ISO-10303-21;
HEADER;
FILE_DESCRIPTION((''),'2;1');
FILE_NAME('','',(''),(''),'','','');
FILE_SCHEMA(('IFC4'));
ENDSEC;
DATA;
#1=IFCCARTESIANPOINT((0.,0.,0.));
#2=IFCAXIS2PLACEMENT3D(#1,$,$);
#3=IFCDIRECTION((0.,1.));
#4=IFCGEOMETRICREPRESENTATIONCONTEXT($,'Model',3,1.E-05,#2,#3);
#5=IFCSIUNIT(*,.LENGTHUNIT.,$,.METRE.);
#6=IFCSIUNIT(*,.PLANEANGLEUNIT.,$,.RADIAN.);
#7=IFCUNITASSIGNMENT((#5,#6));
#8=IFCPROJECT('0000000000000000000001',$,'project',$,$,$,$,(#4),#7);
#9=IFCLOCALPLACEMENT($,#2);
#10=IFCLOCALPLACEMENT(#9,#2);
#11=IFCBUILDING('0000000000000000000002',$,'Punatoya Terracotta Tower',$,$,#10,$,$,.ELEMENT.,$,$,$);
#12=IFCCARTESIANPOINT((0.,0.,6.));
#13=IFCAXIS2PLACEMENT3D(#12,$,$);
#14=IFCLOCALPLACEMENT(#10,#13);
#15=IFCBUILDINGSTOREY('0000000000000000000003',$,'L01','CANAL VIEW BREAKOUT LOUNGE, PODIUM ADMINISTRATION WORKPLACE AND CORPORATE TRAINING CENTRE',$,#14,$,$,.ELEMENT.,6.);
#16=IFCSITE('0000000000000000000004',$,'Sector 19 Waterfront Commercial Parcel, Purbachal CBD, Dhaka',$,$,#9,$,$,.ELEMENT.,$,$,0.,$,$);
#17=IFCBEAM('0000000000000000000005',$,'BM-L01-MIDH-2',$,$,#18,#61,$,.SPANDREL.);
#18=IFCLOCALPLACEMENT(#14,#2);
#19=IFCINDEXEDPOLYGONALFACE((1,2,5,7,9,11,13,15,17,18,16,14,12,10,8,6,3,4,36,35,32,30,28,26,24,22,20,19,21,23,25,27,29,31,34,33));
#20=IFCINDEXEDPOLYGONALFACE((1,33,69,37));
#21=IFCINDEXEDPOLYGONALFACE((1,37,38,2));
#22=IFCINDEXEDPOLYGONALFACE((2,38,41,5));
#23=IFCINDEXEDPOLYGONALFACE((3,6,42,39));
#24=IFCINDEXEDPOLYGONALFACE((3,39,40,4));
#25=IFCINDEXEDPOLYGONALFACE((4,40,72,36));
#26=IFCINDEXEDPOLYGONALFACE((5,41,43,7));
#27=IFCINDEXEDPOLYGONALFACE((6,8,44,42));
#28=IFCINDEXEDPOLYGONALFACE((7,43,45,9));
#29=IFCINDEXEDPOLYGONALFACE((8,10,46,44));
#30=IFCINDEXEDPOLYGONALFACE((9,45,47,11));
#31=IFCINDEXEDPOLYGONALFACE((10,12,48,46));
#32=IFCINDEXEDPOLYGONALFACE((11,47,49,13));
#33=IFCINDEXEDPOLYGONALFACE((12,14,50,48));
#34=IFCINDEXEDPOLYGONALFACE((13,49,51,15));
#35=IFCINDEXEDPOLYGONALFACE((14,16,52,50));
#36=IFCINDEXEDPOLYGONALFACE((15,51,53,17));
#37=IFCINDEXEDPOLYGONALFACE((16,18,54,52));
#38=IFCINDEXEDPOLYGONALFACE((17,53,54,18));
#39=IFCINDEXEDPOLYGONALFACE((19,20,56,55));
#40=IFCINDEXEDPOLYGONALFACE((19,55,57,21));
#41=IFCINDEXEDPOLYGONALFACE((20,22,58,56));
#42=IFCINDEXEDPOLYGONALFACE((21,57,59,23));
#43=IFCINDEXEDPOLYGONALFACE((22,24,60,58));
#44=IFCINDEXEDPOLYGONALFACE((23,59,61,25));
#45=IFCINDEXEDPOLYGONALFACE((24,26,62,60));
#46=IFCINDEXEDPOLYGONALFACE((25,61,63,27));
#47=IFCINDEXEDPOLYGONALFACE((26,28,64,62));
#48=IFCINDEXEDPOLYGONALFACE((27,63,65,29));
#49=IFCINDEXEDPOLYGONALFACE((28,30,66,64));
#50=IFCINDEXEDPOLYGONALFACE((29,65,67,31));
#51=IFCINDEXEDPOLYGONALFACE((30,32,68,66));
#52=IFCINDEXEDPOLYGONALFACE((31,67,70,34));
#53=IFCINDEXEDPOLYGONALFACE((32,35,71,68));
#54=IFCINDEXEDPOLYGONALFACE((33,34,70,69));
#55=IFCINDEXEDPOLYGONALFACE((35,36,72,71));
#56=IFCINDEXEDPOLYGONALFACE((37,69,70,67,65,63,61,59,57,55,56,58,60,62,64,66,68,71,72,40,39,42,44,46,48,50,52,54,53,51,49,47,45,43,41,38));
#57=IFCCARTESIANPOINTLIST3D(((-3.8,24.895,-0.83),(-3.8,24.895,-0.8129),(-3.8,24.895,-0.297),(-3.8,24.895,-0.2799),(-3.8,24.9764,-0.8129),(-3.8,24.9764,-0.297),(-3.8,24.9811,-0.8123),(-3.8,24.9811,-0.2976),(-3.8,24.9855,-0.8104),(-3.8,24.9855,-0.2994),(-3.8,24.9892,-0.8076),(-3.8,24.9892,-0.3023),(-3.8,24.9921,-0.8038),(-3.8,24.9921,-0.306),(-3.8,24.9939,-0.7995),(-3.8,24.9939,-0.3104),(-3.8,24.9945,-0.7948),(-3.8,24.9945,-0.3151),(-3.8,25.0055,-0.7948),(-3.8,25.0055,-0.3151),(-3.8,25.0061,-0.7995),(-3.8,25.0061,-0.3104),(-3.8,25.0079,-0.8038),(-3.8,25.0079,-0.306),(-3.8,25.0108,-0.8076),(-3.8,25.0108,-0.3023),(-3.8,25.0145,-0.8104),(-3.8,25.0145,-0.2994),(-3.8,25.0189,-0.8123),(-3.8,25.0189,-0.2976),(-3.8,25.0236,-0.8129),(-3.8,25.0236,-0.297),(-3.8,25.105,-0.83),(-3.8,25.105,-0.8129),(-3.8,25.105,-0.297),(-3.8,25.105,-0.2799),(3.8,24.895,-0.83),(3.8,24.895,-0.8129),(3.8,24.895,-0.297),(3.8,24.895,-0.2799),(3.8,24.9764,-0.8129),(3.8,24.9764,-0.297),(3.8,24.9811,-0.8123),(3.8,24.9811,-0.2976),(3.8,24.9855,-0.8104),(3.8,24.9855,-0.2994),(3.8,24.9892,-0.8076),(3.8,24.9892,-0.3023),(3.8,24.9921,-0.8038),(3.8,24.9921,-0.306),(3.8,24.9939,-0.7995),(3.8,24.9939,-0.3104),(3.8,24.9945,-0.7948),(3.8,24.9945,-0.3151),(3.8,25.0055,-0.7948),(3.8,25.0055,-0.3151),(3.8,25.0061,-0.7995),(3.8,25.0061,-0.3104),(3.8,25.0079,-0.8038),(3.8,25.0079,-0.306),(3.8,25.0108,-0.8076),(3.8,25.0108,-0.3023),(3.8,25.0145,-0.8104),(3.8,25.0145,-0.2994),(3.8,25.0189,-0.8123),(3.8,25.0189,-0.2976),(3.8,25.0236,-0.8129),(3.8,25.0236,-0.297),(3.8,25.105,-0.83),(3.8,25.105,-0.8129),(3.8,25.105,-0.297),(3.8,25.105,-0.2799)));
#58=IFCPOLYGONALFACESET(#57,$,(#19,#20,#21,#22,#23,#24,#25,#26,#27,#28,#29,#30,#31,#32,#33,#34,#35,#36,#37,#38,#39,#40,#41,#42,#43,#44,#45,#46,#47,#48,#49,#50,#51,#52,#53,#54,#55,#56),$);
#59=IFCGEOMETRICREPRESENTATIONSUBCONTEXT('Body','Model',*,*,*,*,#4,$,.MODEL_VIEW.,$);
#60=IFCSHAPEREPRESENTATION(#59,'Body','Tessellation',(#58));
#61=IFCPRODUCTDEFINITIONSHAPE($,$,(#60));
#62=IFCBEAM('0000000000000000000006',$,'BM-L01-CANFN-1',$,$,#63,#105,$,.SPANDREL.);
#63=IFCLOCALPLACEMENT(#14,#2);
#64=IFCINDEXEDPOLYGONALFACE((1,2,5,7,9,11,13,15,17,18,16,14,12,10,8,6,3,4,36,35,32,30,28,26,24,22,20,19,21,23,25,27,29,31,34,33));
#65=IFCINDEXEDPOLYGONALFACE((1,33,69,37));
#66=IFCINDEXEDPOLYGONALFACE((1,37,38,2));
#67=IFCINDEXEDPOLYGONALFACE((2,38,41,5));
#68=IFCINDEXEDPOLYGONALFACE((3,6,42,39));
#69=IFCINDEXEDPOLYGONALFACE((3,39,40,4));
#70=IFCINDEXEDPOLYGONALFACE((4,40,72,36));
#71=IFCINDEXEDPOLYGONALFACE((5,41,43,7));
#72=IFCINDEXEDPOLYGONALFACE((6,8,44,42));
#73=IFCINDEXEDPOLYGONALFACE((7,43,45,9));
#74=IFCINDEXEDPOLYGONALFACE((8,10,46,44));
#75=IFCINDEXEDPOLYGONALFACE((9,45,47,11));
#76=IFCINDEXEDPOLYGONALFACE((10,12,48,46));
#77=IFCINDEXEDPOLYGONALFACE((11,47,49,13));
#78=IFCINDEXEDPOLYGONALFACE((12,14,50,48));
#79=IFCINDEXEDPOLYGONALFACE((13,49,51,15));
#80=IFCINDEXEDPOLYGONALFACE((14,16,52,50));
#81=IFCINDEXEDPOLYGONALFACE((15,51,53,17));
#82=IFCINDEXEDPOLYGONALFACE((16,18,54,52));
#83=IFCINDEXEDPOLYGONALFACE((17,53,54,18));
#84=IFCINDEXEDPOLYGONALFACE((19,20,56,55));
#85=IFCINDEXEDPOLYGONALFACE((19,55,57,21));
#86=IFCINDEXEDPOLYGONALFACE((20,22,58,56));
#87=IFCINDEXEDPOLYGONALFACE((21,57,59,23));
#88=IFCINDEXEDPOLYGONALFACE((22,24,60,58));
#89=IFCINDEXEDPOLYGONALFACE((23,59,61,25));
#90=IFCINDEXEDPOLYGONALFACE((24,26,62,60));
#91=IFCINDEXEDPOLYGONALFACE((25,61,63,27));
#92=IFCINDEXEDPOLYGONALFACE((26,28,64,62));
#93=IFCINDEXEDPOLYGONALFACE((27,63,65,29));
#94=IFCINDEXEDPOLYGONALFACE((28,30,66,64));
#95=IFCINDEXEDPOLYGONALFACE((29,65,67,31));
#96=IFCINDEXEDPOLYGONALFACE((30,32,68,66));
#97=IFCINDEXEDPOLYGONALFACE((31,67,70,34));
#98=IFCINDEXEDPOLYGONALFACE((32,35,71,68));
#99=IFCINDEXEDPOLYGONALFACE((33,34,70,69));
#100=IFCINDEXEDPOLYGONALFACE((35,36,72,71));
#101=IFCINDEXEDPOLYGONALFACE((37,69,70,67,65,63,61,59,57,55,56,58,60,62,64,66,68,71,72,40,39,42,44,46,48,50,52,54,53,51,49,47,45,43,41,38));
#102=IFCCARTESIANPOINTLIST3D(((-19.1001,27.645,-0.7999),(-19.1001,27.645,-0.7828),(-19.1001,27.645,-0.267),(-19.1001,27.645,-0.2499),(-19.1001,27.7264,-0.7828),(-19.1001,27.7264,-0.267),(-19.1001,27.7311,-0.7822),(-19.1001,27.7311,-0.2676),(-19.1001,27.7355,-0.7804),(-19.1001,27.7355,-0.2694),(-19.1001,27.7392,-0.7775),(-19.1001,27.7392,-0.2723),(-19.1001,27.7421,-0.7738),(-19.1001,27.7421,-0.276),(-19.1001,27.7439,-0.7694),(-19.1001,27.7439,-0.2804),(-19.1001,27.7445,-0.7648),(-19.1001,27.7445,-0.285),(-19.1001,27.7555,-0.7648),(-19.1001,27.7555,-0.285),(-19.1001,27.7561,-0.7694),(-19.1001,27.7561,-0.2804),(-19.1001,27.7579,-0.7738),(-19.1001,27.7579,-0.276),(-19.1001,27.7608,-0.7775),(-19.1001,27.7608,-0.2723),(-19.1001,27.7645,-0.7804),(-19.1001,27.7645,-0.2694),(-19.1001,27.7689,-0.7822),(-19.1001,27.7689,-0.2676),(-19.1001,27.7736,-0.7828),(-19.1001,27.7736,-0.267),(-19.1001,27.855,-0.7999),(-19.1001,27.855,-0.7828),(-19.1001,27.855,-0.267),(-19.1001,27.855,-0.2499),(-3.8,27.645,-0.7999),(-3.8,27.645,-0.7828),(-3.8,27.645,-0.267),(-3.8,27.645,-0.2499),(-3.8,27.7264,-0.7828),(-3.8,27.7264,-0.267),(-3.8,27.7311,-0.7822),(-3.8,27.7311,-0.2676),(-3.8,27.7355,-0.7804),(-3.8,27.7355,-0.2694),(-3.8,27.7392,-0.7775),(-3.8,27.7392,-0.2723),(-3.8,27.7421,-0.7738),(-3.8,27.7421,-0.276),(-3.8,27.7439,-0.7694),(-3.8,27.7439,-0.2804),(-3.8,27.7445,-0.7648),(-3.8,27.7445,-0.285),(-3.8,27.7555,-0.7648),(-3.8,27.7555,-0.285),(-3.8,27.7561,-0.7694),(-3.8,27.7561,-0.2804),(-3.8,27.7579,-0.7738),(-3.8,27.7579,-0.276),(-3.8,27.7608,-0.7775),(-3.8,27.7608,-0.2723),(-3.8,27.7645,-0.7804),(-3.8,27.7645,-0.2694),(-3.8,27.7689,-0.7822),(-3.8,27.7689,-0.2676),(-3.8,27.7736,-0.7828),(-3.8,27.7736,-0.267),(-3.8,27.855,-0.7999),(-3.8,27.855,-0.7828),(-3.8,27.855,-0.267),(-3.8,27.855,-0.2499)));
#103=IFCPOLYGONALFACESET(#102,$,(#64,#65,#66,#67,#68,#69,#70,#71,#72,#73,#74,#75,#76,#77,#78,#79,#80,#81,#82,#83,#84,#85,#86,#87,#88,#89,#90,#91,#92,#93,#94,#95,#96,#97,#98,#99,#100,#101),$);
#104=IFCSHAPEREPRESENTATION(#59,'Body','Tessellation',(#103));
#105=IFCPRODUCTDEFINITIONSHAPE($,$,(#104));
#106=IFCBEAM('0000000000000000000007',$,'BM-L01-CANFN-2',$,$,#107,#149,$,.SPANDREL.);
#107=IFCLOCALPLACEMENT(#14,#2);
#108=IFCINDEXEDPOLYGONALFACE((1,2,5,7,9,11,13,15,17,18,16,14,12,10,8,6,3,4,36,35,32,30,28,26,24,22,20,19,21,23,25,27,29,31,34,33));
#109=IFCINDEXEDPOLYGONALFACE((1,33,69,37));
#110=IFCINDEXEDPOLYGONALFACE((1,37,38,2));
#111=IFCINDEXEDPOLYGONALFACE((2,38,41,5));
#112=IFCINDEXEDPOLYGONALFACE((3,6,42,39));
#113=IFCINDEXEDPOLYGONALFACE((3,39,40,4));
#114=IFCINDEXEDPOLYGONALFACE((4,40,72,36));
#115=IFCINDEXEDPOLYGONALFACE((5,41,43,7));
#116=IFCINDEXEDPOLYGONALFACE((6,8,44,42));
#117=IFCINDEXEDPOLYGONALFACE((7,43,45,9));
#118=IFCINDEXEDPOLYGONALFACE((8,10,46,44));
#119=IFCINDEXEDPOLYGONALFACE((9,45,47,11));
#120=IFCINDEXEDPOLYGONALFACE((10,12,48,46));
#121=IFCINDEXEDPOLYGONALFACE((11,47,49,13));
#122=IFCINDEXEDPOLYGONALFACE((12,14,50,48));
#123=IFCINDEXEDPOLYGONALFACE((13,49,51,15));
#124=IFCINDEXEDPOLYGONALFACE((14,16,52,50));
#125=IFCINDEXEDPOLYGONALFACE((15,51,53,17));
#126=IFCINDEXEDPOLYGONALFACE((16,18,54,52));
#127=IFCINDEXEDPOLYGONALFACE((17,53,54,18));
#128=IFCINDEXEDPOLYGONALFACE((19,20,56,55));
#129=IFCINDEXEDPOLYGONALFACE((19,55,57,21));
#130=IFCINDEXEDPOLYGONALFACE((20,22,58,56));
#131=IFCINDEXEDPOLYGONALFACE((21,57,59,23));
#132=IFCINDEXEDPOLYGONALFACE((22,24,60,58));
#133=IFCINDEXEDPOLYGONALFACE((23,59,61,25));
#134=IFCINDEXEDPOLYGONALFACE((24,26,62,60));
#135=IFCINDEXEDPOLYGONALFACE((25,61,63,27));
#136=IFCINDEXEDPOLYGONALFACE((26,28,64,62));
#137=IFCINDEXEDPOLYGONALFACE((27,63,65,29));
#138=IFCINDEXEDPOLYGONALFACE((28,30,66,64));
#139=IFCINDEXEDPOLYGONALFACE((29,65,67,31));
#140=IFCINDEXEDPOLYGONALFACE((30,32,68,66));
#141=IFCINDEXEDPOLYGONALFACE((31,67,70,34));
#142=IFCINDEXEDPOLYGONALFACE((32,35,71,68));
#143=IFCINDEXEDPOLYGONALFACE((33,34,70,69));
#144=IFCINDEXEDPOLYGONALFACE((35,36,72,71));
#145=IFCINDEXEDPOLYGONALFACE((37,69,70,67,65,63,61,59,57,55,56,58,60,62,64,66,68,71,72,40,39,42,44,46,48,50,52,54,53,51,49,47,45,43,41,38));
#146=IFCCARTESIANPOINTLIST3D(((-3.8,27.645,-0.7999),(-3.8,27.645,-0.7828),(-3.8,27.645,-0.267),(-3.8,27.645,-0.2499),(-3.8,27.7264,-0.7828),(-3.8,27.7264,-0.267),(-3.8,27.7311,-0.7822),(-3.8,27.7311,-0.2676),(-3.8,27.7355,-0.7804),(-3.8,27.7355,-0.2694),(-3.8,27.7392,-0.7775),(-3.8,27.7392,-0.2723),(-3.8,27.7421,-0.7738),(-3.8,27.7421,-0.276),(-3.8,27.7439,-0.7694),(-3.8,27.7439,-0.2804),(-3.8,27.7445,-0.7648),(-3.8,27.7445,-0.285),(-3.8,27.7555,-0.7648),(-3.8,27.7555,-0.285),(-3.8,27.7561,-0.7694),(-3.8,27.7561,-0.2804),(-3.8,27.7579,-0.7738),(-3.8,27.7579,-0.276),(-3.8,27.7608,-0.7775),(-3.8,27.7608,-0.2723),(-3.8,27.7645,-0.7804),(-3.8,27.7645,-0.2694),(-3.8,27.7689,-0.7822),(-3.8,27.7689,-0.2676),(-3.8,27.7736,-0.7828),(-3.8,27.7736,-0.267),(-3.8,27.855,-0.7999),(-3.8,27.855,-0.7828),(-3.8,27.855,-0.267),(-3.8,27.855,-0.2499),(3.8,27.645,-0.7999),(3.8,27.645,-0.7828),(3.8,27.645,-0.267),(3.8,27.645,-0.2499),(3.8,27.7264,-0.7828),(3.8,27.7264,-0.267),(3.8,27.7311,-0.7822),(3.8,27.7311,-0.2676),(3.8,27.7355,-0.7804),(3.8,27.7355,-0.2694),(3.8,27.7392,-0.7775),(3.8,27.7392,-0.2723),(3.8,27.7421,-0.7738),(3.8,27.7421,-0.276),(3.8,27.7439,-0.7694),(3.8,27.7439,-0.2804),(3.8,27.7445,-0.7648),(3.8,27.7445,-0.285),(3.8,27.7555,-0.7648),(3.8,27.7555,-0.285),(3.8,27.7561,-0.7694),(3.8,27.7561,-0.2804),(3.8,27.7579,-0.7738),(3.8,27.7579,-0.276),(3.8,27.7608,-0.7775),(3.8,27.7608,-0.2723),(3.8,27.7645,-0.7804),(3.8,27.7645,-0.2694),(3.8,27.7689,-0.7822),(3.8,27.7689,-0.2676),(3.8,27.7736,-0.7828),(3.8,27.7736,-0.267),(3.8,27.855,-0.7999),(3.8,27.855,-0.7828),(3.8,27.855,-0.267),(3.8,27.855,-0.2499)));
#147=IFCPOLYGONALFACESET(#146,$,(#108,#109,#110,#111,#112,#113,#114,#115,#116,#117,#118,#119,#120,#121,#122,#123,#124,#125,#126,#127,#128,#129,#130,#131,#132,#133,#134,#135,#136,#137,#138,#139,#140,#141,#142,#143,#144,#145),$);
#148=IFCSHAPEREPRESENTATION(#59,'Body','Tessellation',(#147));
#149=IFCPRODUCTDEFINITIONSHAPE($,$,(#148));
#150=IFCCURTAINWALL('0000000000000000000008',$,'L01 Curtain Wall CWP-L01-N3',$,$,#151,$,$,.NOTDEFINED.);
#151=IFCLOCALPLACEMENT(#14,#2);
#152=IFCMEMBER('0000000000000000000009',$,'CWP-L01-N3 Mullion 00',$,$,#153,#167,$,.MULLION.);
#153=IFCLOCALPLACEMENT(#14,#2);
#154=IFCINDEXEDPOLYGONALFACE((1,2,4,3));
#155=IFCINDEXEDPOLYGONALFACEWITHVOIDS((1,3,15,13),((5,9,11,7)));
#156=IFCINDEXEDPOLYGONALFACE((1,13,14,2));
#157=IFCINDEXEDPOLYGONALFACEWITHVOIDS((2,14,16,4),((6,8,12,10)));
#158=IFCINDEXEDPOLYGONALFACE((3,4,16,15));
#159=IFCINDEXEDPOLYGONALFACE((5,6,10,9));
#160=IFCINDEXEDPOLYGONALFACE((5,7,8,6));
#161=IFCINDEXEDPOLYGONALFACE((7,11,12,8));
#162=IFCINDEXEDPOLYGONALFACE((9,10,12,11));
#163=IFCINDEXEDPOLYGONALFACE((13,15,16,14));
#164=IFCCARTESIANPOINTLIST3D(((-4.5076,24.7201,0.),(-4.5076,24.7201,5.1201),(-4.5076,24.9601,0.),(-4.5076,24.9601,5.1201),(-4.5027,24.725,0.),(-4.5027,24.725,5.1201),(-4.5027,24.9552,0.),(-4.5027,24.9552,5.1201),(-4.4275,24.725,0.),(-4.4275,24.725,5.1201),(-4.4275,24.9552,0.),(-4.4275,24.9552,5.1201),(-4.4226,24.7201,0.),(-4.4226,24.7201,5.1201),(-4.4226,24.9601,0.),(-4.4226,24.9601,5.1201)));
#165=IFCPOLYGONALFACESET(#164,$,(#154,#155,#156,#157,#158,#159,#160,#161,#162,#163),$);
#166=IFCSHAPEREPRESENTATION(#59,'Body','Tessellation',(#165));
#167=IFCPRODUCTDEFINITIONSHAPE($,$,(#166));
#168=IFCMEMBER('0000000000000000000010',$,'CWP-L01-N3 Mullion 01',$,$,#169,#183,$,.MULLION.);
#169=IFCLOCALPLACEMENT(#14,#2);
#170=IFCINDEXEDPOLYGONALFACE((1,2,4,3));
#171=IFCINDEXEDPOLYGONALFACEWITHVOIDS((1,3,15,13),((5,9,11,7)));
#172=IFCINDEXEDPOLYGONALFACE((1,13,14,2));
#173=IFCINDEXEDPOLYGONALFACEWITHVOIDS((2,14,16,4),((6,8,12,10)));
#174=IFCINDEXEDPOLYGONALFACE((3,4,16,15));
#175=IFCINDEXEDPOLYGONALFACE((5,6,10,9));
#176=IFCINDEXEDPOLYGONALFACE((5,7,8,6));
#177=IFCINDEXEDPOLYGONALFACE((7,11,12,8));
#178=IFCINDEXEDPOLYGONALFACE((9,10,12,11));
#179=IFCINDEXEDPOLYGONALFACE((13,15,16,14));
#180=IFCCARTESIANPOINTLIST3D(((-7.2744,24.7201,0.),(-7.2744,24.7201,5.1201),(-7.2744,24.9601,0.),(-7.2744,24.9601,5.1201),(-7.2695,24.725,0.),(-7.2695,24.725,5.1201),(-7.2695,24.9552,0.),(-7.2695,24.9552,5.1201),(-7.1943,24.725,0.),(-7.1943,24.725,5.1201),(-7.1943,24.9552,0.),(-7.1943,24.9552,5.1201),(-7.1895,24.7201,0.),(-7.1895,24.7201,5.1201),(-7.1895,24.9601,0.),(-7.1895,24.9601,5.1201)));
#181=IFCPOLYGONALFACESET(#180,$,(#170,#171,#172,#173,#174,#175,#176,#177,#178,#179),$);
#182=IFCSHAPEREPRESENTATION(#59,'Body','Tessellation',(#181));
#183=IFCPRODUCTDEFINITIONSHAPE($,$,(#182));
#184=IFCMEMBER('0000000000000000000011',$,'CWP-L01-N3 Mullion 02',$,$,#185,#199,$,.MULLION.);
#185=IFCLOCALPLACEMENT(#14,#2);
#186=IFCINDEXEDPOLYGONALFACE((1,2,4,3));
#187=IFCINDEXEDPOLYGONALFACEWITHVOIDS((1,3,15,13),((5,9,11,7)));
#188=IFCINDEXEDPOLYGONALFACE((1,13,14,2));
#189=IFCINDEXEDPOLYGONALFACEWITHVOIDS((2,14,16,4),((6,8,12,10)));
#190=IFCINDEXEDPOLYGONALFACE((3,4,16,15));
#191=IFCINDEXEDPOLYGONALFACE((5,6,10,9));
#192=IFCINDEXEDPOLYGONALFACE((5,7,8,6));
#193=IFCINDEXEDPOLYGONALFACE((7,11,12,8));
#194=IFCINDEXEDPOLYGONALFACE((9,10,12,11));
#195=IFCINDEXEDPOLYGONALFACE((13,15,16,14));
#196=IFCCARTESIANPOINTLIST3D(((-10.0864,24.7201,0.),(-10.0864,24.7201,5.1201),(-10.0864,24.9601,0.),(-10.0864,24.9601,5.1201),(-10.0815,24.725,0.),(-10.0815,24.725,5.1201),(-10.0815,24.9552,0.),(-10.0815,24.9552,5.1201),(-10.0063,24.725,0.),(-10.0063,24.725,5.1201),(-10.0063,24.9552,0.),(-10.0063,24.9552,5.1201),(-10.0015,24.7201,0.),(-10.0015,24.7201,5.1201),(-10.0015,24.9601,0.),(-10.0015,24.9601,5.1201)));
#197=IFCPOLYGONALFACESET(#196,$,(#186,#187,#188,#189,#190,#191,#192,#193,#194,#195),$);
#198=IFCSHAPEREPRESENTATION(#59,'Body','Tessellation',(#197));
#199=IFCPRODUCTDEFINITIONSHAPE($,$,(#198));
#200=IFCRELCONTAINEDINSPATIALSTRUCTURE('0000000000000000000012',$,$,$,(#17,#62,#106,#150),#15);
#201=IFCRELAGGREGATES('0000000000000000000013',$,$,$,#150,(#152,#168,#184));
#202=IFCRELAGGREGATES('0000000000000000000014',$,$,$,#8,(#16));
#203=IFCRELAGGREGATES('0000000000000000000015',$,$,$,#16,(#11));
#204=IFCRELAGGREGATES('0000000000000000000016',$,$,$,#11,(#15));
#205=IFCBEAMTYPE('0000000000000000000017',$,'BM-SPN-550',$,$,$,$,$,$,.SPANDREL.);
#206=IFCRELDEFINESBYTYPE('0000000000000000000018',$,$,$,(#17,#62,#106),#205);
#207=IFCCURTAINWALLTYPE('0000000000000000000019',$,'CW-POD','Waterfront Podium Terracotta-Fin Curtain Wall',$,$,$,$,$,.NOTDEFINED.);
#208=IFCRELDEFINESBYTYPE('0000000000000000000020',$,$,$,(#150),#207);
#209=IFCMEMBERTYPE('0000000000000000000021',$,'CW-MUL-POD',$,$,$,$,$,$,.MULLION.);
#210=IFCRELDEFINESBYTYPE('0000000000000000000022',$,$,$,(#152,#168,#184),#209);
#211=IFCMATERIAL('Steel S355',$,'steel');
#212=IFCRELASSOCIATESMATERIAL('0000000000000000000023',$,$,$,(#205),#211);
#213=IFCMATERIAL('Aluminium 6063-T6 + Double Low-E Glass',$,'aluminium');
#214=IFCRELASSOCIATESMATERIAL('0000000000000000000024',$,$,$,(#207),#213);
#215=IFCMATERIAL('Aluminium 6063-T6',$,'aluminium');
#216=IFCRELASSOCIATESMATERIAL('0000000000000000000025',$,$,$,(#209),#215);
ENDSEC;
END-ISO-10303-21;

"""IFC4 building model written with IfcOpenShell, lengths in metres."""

from ifc_helpers import new_model, si_unit, direction, frame, origin, origin_2d, place, context, subcontext, project, spatial, hollow_rectangle, i_section, extrude, material, material_profile, profile_set, type_object, element, aggregate, save


model = new_model("IFC4")

# Units and contexts
model_context = context("Model", 3, precision=1e-05, world=origin(), true_north=direction((0.0, 1.0)))
body_context = subcontext(model_context, "Body", "Model", "MODEL_VIEW")
ifc_project = project(units=[si_unit("LENGTHUNIT", "METRE"), si_unit("PLANEANGLEUNIT", "RADIAN")], contexts=[model_context])

# Site, building, storey
site_placement = place(None, origin())
site = spatial("IfcSite", under=ifc_project, at=site_placement, Name="Sector 19 Waterfront Commercial Parcel, Purbachal CBD, Dhaka", CompositionType="ELEMENT", RefElevation=0.0)
building_placement = place(site_placement, origin())
building = spatial("IfcBuilding", under=site, at=building_placement, Name="Punatoya Terracotta Tower", CompositionType="ELEMENT")
storey_placement = place(building_placement, frame((0.0, 0.0, 6.0)))
storey = spatial("IfcBuildingStorey", under=building, at=storey_placement, Name="L01", Description="CANAL VIEW BREAKOUT LOUNGE, PODIUM ADMINISTRATION WORKPLACE AND CORPORATE TRAINING CENTRE", CompositionType="ELEMENT", Elevation=6.0)

# Beams
ifc_material_1 = material(Name="Steel S355", Category="steel")
ifc_material_profile_1 = material_profile(ifc_material_1, i_section(OverallWidth=0.21, OverallDepth=0.55, WebThickness=0.011, FlangeThickness=0.0171, FilletRadius=0.0181, at=origin_2d()))
ifc_profile_set_1 = profile_set([ifc_material_profile_1], Name="Steel S355")
beam_type_1 = type_object("IfcBeamType", Name="BM-SPN-550", PredefinedType="SPANDREL", material=ifc_profile_set_1)
beam_1_placement = place(storey_placement, frame((-3.8, 25.0, -0.5549), z_axis=(1.0, 0.0, 0.0), x_axis=(0.0, 1.0, 0.0)))
element("IfcBeam", 1, at=beam_1_placement, inside=storey, type_object=beam_type_1, Name="BM-L01-MIDH-2", PredefinedType="SPANDREL", context=body_context, shape_type="SweptSolid", body=[
    extrude(i_section(OverallWidth=0.21, OverallDepth=0.55, WebThickness=0.011, FlangeThickness=0.0171, FilletRadius=0.0181, at=origin_2d()), origin(), (0.0, 0.0, 1.0), 7.6001),
])
beam_2_placement = place(storey_placement, frame((-19.1001, 27.75, -0.5249), z_axis=(1.0, 0.0, 0.0), x_axis=(0.0, 1.0, 0.0)))
element("IfcBeam", 2, at=beam_2_placement, inside=storey, type_object=beam_type_1, Name="BM-L01-CANFN-1", PredefinedType="SPANDREL", context=body_context, shape_type="SweptSolid", body=[
    extrude(i_section(OverallWidth=0.21, OverallDepth=0.55, WebThickness=0.011, FlangeThickness=0.0171, FilletRadius=0.0181, at=origin_2d()), origin(), (0.0, 0.0, 1.0), 15.3),
])
beam_3_placement = place(storey_placement, frame((-3.8, 27.75, -0.5249), z_axis=(1.0, 0.0, 0.0), x_axis=(0.0, 1.0, 0.0)))
element("IfcBeam", 3, at=beam_3_placement, inside=storey, type_object=beam_type_1, Name="BM-L01-CANFN-2", PredefinedType="SPANDREL", context=body_context, shape_type="SweptSolid", body=[
    extrude(i_section(OverallWidth=0.21, OverallDepth=0.55, WebThickness=0.011, FlangeThickness=0.0171, FilletRadius=0.0181, at=origin_2d()), origin(), (0.0, 0.0, 1.0), 7.6001),
])

# Curtain wall, members
ifc_material_2 = material(Name="Aluminium 6063-T6 + Double Low-E Glass", Category="aluminium")
curtain_wall_type = type_object("IfcCurtainWallType", Name="CW-POD", Description="Waterfront Podium Terracotta-Fin Curtain Wall", PredefinedType="NOTDEFINED", material=ifc_material_2)
curtain_wall_1_placement = place(storey_placement, origin())
curtain_wall_1 = element("IfcCurtainWall", 4, at=curtain_wall_1_placement, inside=storey, type_object=curtain_wall_type, Name="L01 Curtain Wall CWP-L01-N3", PredefinedType="NOTDEFINED")
ifc_material_3 = material(Name="Aluminium 6063-T6", Category="aluminium")
ifc_material_profile_2 = material_profile(ifc_material_3, hollow_rectangle(XDim=0.085, YDim=0.24, WallThickness=0.0049, at=origin_2d()))
ifc_profile_set_2 = profile_set([ifc_material_profile_2], Name="Aluminium 6063-T6")
member_type_1 = type_object("IfcMemberType", Name="CW-MUL-POD", PredefinedType="MULLION", material=ifc_profile_set_2)
member_1_placement = place(storey_placement, frame((-4.4651, 24.8401, 0.0), z_axis=(0.0, 0.0, 1.0), x_axis=(1.0, 0.0, 0.0)))
member_1 = element("IfcMember", 5, at=member_1_placement, type_object=member_type_1, Name="CWP-L01-N3 Mullion 00", PredefinedType="MULLION", context=body_context, shape_type="SweptSolid", body=[
    extrude(hollow_rectangle(XDim=0.085, YDim=0.24, WallThickness=0.0049, at=origin_2d()), origin(), (0.0, 0.0, 1.0), 5.1201),
])
member_2_placement = place(storey_placement, frame((-7.2319, 24.8401, 0.0), z_axis=(0.0, 0.0, 1.0), x_axis=(1.0, 0.0, 0.0)))
member_2 = element("IfcMember", 6, at=member_2_placement, type_object=member_type_1, Name="CWP-L01-N3 Mullion 01", PredefinedType="MULLION", context=body_context, shape_type="SweptSolid", body=[
    extrude(hollow_rectangle(XDim=0.085, YDim=0.24, WallThickness=0.0049, at=origin_2d()), origin(), (0.0, 0.0, 1.0), 5.1201),
])
member_3_placement = place(storey_placement, frame((-10.0439, 24.8401, 0.0), z_axis=(0.0, 0.0, 1.0), x_axis=(1.0, 0.0, 0.0)))
member_3 = element("IfcMember", 7, at=member_3_placement, type_object=member_type_1, Name="CWP-L01-N3 Mullion 02", PredefinedType="MULLION", context=body_context, shape_type="SweptSolid", body=[
    extrude(hollow_rectangle(XDim=0.085, YDim=0.24, WallThickness=0.0049, at=origin_2d()), origin(), (0.0, 0.0, 1.0), 5.1201),
])

aggregate(curtain_wall_1, [member_1, member_2, member_3])

save(model, "model.ifc")
